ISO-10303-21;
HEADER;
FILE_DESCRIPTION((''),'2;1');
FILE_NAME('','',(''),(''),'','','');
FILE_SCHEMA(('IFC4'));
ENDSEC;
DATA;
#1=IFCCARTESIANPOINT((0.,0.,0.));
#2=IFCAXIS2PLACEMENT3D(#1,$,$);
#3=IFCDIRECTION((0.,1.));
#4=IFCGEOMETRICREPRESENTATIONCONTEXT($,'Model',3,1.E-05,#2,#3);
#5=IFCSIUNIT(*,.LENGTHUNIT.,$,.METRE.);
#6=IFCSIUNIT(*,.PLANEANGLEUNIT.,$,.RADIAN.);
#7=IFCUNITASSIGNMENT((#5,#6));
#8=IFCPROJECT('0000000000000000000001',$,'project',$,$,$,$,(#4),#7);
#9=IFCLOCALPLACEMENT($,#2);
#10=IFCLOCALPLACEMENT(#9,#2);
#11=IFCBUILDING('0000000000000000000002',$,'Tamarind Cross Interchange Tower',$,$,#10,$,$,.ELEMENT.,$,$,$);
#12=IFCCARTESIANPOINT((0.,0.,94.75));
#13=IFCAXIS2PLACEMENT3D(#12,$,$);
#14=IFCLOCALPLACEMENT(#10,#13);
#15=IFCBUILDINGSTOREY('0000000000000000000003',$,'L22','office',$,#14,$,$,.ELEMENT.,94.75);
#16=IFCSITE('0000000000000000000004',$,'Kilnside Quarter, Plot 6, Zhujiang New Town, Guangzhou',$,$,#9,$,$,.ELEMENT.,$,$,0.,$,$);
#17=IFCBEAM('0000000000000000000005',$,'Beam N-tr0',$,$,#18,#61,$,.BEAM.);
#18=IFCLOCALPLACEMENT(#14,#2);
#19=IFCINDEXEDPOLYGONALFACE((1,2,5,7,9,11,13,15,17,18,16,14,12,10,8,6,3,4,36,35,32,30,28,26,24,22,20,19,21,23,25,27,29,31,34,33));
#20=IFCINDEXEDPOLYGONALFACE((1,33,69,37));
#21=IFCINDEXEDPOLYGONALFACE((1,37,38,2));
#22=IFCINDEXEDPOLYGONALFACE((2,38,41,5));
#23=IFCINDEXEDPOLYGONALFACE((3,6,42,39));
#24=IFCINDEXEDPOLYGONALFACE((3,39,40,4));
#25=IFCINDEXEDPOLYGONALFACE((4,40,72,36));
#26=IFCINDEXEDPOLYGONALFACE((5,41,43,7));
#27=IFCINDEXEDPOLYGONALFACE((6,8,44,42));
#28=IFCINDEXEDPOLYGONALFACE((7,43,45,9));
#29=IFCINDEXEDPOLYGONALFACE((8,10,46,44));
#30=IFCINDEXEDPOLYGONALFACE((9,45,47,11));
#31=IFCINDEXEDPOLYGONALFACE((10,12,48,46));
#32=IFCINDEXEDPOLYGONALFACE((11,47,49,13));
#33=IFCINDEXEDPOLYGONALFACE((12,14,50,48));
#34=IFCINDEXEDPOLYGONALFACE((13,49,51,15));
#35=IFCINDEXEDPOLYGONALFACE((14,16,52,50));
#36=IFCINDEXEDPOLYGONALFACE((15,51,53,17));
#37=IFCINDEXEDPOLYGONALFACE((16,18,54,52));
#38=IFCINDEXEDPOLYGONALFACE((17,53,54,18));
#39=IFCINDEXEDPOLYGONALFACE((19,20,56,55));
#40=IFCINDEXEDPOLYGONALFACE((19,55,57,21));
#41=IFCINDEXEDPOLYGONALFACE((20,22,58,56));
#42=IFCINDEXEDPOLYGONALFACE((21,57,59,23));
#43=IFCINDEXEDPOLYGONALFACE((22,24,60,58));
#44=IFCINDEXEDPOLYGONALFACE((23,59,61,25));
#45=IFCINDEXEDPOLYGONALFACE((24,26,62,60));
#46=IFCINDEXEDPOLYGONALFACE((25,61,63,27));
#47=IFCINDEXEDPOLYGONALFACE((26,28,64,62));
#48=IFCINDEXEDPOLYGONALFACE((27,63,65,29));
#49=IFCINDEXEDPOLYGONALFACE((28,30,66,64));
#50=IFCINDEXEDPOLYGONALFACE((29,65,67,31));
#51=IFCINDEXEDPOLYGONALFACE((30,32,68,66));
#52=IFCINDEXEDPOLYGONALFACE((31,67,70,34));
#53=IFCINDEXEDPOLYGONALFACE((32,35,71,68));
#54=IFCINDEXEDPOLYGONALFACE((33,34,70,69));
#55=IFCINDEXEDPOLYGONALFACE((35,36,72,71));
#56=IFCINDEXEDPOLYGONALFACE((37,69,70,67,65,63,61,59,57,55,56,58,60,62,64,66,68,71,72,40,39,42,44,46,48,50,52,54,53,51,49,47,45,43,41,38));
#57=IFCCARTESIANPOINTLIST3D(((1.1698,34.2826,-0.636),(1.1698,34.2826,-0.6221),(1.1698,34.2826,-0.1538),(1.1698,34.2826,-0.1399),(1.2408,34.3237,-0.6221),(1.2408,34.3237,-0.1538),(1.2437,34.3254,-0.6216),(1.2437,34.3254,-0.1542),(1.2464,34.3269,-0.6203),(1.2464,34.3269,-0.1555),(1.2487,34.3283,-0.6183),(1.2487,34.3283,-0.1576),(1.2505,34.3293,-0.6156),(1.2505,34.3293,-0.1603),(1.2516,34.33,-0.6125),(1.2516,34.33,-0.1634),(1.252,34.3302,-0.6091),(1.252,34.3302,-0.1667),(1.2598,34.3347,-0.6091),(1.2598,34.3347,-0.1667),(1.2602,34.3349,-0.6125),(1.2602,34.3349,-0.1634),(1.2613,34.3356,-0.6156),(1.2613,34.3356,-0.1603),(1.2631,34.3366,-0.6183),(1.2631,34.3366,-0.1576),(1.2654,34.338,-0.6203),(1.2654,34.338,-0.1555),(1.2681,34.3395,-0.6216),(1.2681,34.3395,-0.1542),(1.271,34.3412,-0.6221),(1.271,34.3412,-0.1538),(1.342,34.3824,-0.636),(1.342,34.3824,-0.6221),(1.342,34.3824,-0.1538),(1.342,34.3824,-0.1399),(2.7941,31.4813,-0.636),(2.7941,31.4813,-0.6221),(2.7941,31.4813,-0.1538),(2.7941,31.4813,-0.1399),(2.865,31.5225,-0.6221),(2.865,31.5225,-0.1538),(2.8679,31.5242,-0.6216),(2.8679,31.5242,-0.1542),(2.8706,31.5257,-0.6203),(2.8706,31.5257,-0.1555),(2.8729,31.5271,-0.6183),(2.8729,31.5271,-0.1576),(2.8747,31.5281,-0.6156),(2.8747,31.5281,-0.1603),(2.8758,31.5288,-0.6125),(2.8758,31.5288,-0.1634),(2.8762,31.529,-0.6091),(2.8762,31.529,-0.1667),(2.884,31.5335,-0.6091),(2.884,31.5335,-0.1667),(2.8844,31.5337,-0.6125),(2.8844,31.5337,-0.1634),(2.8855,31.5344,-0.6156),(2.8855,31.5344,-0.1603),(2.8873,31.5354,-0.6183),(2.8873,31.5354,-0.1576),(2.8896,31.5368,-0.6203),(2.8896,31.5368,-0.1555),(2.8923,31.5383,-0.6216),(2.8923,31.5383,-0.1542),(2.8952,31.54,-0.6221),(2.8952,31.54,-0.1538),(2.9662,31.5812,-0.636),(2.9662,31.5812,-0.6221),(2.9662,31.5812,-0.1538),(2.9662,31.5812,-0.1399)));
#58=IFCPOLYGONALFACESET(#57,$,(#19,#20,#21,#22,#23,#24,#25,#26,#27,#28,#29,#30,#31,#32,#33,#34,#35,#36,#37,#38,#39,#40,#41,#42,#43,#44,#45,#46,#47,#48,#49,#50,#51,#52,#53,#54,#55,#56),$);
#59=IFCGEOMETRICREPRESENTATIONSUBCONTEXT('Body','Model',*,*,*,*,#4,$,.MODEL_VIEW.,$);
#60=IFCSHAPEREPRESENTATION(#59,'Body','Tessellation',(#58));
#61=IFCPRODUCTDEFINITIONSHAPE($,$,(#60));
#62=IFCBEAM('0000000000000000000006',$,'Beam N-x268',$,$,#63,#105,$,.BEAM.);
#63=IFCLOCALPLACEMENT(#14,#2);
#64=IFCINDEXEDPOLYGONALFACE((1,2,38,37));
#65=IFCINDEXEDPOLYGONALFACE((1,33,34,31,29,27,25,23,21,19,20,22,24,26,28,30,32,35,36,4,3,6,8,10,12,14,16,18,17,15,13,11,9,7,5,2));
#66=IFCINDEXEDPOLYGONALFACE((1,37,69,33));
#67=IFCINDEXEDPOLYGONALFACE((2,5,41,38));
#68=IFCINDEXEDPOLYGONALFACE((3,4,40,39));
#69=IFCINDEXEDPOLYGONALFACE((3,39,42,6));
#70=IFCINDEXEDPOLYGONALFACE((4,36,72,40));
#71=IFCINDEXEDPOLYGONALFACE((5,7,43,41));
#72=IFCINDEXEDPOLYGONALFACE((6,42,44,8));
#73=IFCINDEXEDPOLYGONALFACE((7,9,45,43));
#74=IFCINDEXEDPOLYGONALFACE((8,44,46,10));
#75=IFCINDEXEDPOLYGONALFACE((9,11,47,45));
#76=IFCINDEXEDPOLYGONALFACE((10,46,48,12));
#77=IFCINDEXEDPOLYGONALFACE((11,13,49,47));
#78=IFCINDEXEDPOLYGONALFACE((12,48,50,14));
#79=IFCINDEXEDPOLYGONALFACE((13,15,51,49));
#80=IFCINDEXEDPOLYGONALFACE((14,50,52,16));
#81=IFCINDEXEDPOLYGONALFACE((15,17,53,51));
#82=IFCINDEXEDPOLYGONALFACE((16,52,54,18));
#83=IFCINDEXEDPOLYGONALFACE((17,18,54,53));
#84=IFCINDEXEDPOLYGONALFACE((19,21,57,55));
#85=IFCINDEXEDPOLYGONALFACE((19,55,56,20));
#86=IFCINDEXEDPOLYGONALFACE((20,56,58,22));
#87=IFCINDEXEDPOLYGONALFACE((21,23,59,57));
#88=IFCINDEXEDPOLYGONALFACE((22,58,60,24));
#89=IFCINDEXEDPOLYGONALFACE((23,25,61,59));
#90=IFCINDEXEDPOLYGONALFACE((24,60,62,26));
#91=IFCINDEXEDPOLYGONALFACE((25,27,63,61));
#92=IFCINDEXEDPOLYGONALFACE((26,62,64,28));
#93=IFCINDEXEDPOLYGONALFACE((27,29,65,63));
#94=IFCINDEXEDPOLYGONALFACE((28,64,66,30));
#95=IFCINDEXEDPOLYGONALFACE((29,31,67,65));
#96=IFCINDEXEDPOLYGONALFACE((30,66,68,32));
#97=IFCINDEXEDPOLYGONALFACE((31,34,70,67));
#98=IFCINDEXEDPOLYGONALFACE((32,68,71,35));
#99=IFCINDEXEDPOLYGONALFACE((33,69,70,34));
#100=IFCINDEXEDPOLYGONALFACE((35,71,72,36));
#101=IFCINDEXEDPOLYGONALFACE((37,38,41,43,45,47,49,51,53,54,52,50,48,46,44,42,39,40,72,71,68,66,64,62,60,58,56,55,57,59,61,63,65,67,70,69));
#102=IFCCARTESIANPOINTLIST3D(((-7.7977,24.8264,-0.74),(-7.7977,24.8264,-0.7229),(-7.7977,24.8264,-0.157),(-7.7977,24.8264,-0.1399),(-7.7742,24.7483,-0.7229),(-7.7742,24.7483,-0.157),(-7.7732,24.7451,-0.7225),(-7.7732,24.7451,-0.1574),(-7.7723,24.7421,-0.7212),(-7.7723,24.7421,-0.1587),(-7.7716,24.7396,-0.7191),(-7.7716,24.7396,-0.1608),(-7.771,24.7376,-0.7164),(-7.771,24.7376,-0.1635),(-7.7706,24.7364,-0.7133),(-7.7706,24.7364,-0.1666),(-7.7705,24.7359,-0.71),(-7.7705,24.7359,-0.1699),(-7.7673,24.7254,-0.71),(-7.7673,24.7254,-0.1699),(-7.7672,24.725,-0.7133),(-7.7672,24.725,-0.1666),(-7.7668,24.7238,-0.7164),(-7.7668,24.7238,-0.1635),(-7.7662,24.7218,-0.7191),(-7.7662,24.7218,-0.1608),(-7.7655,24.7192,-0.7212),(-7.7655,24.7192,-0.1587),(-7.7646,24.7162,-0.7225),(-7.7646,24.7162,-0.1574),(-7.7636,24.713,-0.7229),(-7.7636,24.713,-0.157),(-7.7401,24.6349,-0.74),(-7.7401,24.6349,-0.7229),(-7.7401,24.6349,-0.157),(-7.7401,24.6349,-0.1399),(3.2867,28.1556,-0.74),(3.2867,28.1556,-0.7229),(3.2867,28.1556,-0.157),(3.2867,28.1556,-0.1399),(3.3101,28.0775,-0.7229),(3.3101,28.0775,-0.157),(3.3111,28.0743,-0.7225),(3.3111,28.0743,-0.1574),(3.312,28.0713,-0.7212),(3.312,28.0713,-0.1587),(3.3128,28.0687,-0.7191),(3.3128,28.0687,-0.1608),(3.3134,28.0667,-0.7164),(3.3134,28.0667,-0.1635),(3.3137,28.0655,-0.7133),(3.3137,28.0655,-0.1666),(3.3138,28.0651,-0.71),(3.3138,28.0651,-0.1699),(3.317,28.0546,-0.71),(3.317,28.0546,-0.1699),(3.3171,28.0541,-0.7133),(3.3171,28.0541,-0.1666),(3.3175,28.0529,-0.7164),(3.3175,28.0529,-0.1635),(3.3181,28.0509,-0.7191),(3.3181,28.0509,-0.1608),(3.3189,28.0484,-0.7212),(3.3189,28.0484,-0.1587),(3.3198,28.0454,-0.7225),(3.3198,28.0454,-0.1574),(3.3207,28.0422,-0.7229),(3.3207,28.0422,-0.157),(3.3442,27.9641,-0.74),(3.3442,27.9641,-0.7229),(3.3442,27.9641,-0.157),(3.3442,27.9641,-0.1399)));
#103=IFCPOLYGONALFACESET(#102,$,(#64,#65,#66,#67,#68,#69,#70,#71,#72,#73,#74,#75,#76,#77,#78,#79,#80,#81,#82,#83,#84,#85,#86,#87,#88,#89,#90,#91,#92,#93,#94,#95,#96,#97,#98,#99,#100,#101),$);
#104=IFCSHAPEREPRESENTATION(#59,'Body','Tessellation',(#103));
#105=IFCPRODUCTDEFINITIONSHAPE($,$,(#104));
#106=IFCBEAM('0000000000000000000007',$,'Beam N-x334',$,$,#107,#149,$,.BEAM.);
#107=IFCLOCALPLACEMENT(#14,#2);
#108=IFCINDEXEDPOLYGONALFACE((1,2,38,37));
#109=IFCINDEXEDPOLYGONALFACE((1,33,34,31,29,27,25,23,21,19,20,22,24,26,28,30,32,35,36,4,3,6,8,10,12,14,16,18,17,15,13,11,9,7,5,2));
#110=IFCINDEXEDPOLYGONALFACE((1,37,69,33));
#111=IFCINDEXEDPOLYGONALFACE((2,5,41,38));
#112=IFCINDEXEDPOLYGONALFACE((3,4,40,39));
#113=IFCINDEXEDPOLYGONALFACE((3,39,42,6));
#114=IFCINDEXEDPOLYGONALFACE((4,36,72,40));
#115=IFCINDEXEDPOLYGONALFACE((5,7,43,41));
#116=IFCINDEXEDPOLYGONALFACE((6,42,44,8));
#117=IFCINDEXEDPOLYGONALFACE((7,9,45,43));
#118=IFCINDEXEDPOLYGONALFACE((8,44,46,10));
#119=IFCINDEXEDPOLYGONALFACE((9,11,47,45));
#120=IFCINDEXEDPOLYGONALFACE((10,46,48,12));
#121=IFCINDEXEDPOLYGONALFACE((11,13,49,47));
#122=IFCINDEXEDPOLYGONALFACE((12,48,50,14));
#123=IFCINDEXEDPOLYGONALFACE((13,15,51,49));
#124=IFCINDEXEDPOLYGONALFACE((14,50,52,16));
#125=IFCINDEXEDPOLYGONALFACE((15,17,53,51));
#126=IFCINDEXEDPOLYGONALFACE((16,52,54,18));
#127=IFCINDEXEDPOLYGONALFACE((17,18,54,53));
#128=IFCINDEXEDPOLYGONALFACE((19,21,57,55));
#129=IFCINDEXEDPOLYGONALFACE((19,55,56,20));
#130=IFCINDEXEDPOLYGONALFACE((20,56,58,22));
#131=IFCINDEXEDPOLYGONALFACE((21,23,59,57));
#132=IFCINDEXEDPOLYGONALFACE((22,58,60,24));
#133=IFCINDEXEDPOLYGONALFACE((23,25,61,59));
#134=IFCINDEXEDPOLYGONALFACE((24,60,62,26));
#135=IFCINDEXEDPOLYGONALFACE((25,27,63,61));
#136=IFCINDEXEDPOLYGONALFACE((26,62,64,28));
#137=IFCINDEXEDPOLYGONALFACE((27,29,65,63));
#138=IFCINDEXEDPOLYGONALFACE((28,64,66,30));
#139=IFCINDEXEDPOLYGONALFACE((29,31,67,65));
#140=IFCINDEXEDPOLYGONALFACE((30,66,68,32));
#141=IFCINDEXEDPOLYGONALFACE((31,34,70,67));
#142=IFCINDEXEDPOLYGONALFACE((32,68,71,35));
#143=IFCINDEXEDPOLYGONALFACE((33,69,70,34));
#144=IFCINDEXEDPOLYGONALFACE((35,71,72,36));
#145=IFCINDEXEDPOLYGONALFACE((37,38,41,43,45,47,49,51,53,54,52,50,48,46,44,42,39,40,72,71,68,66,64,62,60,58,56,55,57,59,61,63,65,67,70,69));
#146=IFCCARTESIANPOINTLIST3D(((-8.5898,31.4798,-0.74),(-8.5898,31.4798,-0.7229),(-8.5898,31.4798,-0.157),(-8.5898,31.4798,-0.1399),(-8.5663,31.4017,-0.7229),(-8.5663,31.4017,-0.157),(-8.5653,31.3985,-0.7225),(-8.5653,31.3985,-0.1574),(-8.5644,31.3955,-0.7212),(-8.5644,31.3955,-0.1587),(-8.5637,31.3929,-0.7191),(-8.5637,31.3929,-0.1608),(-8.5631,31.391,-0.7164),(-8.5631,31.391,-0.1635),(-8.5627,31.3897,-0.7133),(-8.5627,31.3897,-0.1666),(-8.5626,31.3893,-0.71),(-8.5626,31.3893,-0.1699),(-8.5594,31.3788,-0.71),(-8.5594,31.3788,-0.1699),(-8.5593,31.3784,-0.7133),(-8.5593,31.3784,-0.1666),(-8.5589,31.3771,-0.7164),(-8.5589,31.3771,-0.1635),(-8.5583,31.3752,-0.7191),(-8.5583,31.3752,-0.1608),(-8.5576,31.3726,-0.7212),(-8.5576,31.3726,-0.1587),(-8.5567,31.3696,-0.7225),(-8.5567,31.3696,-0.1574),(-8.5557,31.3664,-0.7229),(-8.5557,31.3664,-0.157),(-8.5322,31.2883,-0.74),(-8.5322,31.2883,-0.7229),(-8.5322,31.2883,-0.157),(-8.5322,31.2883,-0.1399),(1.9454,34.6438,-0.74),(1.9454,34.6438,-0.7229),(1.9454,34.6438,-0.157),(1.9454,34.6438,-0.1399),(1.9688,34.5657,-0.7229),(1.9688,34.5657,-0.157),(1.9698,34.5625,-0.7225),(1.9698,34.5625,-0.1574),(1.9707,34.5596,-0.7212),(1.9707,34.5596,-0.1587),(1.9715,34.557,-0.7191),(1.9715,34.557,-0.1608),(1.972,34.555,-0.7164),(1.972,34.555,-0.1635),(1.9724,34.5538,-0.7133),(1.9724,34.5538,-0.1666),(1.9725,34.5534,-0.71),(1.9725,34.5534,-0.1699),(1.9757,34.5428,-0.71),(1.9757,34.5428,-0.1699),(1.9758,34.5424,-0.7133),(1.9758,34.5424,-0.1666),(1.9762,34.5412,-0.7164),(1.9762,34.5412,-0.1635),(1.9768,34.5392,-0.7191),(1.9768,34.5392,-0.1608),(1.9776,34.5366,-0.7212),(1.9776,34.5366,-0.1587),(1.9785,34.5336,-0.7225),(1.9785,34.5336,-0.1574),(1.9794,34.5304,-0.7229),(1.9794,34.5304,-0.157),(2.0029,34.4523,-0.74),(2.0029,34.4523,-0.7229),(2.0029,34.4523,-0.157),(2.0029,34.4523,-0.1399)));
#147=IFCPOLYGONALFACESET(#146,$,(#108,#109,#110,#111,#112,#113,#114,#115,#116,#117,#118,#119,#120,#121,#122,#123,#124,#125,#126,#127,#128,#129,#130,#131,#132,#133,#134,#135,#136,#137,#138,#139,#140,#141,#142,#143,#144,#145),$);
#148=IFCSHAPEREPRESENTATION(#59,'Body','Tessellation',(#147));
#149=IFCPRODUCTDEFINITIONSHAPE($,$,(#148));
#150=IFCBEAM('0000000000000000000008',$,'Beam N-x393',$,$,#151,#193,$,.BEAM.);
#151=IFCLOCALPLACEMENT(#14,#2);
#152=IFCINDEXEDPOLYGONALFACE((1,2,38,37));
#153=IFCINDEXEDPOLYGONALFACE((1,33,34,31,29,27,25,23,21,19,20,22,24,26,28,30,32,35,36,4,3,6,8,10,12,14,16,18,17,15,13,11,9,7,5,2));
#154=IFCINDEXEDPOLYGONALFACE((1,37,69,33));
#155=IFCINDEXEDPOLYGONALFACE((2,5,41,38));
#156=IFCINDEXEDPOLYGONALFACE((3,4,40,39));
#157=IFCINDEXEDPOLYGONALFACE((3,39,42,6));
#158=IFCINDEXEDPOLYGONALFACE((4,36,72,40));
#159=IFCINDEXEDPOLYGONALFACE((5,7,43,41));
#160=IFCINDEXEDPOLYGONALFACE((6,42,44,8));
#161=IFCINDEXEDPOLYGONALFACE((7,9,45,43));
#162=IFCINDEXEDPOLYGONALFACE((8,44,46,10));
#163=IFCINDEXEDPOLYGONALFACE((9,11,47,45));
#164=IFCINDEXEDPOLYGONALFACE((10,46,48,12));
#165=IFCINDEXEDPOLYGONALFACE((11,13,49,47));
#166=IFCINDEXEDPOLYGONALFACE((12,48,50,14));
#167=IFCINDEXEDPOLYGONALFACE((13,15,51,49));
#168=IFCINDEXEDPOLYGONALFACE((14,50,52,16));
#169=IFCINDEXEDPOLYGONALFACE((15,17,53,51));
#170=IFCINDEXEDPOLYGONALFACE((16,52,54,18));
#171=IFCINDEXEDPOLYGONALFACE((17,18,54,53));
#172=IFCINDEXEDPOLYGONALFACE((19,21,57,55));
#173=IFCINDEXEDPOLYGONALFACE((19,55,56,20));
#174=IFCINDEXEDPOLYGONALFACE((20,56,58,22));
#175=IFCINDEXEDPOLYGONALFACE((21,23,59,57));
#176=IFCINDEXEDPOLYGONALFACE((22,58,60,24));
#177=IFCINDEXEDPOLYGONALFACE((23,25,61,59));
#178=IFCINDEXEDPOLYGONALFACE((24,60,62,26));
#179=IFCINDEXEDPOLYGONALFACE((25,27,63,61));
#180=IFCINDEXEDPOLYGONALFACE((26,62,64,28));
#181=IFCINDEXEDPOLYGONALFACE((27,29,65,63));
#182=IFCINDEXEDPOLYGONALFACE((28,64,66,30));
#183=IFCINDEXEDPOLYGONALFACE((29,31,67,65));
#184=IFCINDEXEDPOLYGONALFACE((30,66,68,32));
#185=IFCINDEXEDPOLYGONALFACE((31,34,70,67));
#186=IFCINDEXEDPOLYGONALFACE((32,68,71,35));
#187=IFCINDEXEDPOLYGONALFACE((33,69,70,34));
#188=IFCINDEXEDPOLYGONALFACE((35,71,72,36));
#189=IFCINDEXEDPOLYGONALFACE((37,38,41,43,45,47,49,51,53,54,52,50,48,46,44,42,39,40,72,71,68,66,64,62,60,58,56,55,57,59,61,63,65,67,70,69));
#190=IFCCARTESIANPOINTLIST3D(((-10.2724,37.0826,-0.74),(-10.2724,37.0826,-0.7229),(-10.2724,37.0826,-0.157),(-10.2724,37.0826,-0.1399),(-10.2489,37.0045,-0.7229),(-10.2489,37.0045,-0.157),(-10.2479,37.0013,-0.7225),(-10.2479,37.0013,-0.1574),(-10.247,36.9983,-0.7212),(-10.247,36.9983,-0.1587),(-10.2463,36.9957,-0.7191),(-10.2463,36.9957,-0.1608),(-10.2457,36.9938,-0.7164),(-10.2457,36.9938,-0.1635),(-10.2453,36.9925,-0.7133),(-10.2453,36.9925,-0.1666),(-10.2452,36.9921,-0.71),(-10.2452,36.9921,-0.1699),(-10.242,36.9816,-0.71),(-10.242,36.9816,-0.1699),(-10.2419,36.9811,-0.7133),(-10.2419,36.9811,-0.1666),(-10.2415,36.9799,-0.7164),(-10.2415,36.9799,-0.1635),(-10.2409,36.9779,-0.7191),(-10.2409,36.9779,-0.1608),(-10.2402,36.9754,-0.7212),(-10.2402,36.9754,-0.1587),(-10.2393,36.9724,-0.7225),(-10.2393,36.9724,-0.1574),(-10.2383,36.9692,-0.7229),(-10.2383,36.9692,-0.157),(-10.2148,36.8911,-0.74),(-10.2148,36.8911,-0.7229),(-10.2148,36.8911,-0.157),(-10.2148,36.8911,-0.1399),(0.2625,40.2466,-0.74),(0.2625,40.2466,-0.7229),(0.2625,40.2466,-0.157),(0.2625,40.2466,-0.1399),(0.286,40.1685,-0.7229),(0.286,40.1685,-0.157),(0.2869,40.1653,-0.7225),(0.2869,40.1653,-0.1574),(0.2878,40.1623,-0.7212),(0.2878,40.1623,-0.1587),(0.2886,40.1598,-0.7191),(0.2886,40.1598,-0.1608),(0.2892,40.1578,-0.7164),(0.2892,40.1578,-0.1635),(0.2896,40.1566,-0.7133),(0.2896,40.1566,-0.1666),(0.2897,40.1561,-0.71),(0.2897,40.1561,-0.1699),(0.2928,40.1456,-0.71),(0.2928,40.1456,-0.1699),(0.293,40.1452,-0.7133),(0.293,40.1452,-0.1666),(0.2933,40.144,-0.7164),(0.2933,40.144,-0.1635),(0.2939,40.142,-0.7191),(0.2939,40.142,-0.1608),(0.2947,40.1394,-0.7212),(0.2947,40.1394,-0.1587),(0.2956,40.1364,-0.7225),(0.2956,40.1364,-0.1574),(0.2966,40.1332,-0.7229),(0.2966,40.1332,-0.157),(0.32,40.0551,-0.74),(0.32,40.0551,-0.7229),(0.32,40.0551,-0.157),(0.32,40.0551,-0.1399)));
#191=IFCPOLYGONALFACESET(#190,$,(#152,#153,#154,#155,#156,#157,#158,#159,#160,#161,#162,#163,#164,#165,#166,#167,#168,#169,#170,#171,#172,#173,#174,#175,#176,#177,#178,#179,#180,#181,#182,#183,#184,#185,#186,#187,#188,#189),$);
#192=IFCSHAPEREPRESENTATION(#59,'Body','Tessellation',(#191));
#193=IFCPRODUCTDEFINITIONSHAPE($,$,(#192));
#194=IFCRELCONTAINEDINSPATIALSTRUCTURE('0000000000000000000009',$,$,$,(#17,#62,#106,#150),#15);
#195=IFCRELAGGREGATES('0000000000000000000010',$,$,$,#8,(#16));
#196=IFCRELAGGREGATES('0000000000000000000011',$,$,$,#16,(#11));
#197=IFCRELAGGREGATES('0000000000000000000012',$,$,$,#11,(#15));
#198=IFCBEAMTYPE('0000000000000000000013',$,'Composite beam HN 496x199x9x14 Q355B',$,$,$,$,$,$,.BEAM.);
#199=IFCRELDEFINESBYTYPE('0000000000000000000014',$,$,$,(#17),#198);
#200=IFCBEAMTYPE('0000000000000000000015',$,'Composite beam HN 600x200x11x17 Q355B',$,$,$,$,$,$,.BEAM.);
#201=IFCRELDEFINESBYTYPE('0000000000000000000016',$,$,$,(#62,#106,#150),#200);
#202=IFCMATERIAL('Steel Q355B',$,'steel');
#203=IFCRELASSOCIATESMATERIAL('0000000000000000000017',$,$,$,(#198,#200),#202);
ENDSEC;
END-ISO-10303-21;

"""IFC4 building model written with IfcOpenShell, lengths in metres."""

from ifc_helpers import new_model, si_unit, direction, frame, origin, origin_2d, place, context, subcontext, project, spatial, i_section, extrude, material, material_profile, profile_set, type_object, element, save


model = new_model("IFC4")

# Units and contexts
model_context = context("Model", 3, precision=1e-05, world=origin(), true_north=direction((0.0, 1.0)))
body_context = subcontext(model_context, "Body", "Model", "MODEL_VIEW")
ifc_project = project(units=[si_unit("LENGTHUNIT", "METRE"), si_unit("PLANEANGLEUNIT", "RADIAN")], contexts=[model_context])

# Site, building, storey
site_placement = place(None, origin())
site = spatial("IfcSite", under=ifc_project, at=site_placement, Name="Kilnside Quarter, Plot 6, Zhujiang New Town, Guangzhou", CompositionType="ELEMENT", RefElevation=0.0)
building_placement = place(site_placement, origin())
building = spatial("IfcBuilding", under=site, at=building_placement, Name="Tamarind Cross Interchange Tower", CompositionType="ELEMENT")
storey_placement = place(building_placement, frame((0.0, 0.0, 94.75)))
storey = spatial("IfcBuildingStorey", under=building, at=storey_placement, Name="L22", Description="office", CompositionType="ELEMENT", Elevation=94.75)

# Beams
ifc_material_1 = material(Name="Steel Q355B", Category="steel")
ifc_material_profile_1 = material_profile(ifc_material_1, i_section(OverallWidth=0.199, OverallDepth=0.4961, WebThickness=0.009, FlangeThickness=0.0139, FilletRadius=0.0129, at=origin_2d()), Name="HN 496x199x9x14")
ifc_profile_set_1 = profile_set([ifc_material_profile_1], Name="Steel Q355B")
beam_type_1 = type_object("IfcBeamType", Name="Composite beam HN 496x199x9x14 Q355B", PredefinedType="BEAM", material=ifc_profile_set_1)
beam_1_placement = place(storey_placement, frame((2.8801, 31.5312, -0.3879), z_axis=(-0.50161, 0.865094, 0.0), x_axis=(-0.865094, -0.50161, 0.0)))
element("IfcBeam", 1, at=beam_1_placement, inside=storey, type_object=beam_type_1, Name="Beam N-tr0", PredefinedType="BEAM", context=body_context, shape_type="SweptSolid", body=[
    extrude(i_section(OverallWidth=0.199, OverallDepth=0.4961, WebThickness=0.009, FlangeThickness=0.0139, FilletRadius=0.0129, at=origin_2d()), origin(), (0.0, 0.0, 1.0), 3.238),
])
ifc_material_profile_2 = material_profile(ifc_material_1, i_section(OverallWidth=0.2, OverallDepth=0.6001, WebThickness=0.011, FlangeThickness=0.0171, FilletRadius=0.0129, at=origin_2d()), Name="HN 600x200x11x17")
ifc_profile_set_2 = profile_set([ifc_material_profile_2], Name="Steel Q355B")
beam_type_2 = type_object("IfcBeamType", Name="Composite beam HN 600x200x11x17 Q355B", PredefinedType="BEAM", material=ifc_profile_set_2)
beam_2_placement = place(storey_placement, frame((3.3154, 28.0598, -0.4399), z_axis=(-0.957735, -0.287652, 0.0), x_axis=(0.287652, -0.957735, 0.0)))
element("IfcBeam", 2, at=beam_2_placement, inside=storey, type_object=beam_type_2, Name="Beam N-x268", PredefinedType="BEAM", context=body_context, shape_type="SweptSolid", body=[
    extrude(i_section(OverallWidth=0.2, OverallDepth=0.6001, WebThickness=0.011, FlangeThickness=0.0171, FilletRadius=0.0129, at=origin_2d()), origin(), (0.0, 0.0, 1.0), 11.5735),
])
beam_3_placement = place(storey_placement, frame((1.9741, 34.5481, -0.4399), z_axis=(-0.957738, -0.287641, 0.0), x_axis=(0.287641, -0.957738, 0.0)))
element("IfcBeam", 3, at=beam_3_placement, inside=storey, type_object=beam_type_2, Name="Beam N-x334", PredefinedType="BEAM", context=body_context, shape_type="SweptSolid", body=[
    extrude(i_section(OverallWidth=0.2, OverallDepth=0.6001, WebThickness=0.011, FlangeThickness=0.0171, FilletRadius=0.0129, at=origin_2d()), origin(), (0.0, 0.0, 1.0), 11.0),
])
beam_4_placement = place(storey_placement, frame((0.2913, 40.1509, -0.4399), z_axis=(-0.957736, -0.287647, 0.0), x_axis=(0.287647, -0.957736, 0.0)))
element("IfcBeam", 4, at=beam_4_placement, inside=storey, type_object=beam_type_2, Name="Beam N-x393", PredefinedType="BEAM", context=body_context, shape_type="SweptSolid", body=[
    extrude(i_section(OverallWidth=0.2, OverallDepth=0.6001, WebThickness=0.011, FlangeThickness=0.0171, FilletRadius=0.0129, at=origin_2d()), origin(), (0.0, 0.0, 1.0), 10.9998),
])

save(model, "model.ifc")
